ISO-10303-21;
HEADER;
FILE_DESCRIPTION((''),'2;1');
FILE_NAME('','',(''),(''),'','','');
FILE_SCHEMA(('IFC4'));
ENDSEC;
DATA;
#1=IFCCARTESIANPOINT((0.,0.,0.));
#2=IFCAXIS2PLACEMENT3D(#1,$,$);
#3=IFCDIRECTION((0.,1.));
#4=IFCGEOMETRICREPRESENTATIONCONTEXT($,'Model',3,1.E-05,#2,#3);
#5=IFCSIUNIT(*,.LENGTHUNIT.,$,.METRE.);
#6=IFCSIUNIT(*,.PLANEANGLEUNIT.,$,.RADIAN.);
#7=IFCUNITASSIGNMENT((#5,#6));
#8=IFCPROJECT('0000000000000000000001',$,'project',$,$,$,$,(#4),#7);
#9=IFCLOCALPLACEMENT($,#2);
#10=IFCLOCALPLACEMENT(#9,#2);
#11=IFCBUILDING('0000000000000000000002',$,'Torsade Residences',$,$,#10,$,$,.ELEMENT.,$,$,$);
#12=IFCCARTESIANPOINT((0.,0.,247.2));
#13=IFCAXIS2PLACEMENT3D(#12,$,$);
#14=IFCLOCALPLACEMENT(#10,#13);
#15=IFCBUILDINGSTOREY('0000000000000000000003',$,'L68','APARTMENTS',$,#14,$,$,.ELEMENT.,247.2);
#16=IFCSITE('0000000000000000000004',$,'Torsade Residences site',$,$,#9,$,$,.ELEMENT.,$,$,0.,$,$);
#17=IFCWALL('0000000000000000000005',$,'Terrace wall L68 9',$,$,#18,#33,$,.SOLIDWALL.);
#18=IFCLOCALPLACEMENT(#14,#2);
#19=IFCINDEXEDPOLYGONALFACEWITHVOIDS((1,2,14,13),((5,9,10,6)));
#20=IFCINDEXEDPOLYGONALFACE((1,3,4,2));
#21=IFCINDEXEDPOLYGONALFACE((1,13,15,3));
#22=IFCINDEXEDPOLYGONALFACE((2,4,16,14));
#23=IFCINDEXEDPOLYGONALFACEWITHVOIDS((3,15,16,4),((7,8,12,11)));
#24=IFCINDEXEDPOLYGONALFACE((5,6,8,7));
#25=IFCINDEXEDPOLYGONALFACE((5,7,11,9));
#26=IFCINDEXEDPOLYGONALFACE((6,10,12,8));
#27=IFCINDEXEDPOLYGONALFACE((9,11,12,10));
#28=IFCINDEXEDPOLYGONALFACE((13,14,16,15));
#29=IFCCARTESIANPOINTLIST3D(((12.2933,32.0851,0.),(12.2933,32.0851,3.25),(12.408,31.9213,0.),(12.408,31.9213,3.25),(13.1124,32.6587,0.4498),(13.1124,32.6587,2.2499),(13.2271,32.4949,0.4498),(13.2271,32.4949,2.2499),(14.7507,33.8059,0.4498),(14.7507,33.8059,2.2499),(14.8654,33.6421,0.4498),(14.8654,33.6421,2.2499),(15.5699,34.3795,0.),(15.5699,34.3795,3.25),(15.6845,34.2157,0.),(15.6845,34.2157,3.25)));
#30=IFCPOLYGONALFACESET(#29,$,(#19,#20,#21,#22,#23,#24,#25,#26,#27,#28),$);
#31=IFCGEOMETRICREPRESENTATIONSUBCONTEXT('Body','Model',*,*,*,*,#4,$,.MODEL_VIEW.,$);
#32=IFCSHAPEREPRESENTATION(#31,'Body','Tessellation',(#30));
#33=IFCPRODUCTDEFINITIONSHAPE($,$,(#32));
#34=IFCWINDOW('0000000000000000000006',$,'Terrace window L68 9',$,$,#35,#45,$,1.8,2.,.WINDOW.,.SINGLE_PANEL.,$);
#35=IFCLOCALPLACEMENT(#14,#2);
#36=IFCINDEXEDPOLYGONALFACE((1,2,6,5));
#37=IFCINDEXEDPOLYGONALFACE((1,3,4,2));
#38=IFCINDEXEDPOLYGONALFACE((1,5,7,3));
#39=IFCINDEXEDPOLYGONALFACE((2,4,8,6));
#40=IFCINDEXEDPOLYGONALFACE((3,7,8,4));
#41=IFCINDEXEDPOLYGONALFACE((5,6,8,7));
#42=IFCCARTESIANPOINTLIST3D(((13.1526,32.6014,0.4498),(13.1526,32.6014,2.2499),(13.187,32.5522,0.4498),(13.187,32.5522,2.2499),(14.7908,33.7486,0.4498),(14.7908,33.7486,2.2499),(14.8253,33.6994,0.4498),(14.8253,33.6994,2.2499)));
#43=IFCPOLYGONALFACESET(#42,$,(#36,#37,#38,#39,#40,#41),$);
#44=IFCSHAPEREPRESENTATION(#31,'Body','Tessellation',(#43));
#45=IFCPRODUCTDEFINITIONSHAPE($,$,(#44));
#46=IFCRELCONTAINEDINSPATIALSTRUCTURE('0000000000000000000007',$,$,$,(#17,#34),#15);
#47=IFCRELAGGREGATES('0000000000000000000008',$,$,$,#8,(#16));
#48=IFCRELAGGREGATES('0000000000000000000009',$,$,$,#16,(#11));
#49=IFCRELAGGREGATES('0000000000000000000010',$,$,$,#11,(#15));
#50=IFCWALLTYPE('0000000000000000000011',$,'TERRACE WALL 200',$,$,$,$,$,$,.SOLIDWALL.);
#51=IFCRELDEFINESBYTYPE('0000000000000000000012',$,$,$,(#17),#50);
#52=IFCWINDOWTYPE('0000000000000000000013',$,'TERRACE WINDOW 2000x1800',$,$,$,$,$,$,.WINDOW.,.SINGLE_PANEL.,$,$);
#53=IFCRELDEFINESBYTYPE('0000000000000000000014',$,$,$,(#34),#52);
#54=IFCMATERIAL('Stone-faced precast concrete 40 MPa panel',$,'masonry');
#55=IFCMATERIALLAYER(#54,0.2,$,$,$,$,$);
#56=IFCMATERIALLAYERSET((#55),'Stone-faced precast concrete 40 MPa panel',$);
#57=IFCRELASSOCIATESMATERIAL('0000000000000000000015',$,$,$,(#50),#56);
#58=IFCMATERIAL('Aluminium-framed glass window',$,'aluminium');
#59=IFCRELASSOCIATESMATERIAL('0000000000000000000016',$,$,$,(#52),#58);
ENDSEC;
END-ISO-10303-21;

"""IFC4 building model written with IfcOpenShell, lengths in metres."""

from ifc_helpers import new_model, si_unit, direction, frame, frame_2d, origin, place, context, subcontext, project, spatial, rectangle, extrude, material, layer, layer_set, type_object, element, fill, save


model = new_model("IFC4")

# Units and contexts
model_context = context("Model", 3, precision=1e-05, world=origin(), true_north=direction((0.0, 1.0)))
body_context = subcontext(model_context, "Body", "Model", "MODEL_VIEW")
ifc_project = project(units=[si_unit("LENGTHUNIT", "METRE"), si_unit("PLANEANGLEUNIT", "RADIAN")], contexts=[model_context])

# Site, building, storey
site_placement = place(None, origin())
site = spatial("IfcSite", under=ifc_project, at=site_placement, Name="Torsade Residences site", CompositionType="ELEMENT", RefElevation=0.0)
building_placement = place(site_placement, origin())
building = spatial("IfcBuilding", under=site, at=building_placement, Name="Torsade Residences", CompositionType="ELEMENT")
storey_placement = place(building_placement, frame((0.0, 0.0, 247.2)))
storey = spatial("IfcBuildingStorey", under=building, at=storey_placement, Name="L68", Description="APARTMENTS", CompositionType="ELEMENT", Elevation=247.2)

# Shared definitions
ifc_material_1 = material(Name="Stone-faced precast concrete 40 MPa panel", Category="masonry")
ifc_layer_1 = layer(ifc_material_1, 0.2)
ifc_layer_set_1 = layer_set([ifc_layer_1], Name="Stone-faced precast concrete 40 MPa panel")
wall_type_1 = type_object("IfcWallType", Name="TERRACE WALL 200", PredefinedType="SOLIDWALL", material=ifc_layer_set_1)

# Wall, opening, window
wall_1_placement = place(storey_placement, frame((15.6272, 34.2976, 0.0), z_axis=(0.0, 0.0, 1.0), x_axis=(-0.819137, -0.573598, 0.0)))
wall_1 = element("IfcWall", 1, at=wall_1_placement, inside=storey, type_object=wall_type_1, Name="Terrace wall L68 9", PredefinedType="SOLIDWALL", context=body_context, shape_type="SweptSolid", body=[
    extrude(rectangle(XDim=4.0, YDim=0.2, at=frame_2d((2.0, 0.0))), origin(), (0.0, 0.0, 1.0), 3.25),
])
opening_1_placement = place(wall_1_placement, frame((1.0, 0.0, 0.45)))
opening_1 = element("IfcOpeningElement", 2, at=opening_1_placement, cuts=wall_1, PredefinedType="OPENING", context=body_context, shape_type="SweptSolid", body=[
    extrude(rectangle(XDim=2.0, YDim=1.8, at=frame_2d((1.0, 0.8999))), frame((0.0, 0.1099, 0.0), z_axis=(0.0, -1.0, 0.0), x_axis=(1.0, 0.0, 0.0)), (0.0, 0.0, 1.0), 0.22),
])
ifc_material_2 = material(Name="Aluminium-framed glass window", Category="aluminium")
window_type = type_object("IfcWindowType", Name="TERRACE WINDOW 2000x1800", PartitioningType="SINGLE_PANEL", PredefinedType="WINDOW", material=ifc_material_2)
window_placement = place(opening_1_placement, origin())
window = element("IfcWindow", 3, at=window_placement, inside=storey, type_object=window_type, Name="Terrace window L68 9", OverallHeight=1.8, OverallWidth=2.0, PartitioningType="SINGLE_PANEL", PredefinedType="WINDOW", context=body_context, shape_type="SweptSolid", body=[
    extrude(rectangle(XDim=2.0, YDim=1.8, at=frame_2d((1.0, 0.8999))), frame((0.0, 0.03, 0.0), z_axis=(0.0, -1.0, 0.0), x_axis=(1.0, 0.0, 0.0)), (0.0, 0.0, 1.0), 0.0601),
])
fill(opening_1, window)

save(model, "model.ifc")
